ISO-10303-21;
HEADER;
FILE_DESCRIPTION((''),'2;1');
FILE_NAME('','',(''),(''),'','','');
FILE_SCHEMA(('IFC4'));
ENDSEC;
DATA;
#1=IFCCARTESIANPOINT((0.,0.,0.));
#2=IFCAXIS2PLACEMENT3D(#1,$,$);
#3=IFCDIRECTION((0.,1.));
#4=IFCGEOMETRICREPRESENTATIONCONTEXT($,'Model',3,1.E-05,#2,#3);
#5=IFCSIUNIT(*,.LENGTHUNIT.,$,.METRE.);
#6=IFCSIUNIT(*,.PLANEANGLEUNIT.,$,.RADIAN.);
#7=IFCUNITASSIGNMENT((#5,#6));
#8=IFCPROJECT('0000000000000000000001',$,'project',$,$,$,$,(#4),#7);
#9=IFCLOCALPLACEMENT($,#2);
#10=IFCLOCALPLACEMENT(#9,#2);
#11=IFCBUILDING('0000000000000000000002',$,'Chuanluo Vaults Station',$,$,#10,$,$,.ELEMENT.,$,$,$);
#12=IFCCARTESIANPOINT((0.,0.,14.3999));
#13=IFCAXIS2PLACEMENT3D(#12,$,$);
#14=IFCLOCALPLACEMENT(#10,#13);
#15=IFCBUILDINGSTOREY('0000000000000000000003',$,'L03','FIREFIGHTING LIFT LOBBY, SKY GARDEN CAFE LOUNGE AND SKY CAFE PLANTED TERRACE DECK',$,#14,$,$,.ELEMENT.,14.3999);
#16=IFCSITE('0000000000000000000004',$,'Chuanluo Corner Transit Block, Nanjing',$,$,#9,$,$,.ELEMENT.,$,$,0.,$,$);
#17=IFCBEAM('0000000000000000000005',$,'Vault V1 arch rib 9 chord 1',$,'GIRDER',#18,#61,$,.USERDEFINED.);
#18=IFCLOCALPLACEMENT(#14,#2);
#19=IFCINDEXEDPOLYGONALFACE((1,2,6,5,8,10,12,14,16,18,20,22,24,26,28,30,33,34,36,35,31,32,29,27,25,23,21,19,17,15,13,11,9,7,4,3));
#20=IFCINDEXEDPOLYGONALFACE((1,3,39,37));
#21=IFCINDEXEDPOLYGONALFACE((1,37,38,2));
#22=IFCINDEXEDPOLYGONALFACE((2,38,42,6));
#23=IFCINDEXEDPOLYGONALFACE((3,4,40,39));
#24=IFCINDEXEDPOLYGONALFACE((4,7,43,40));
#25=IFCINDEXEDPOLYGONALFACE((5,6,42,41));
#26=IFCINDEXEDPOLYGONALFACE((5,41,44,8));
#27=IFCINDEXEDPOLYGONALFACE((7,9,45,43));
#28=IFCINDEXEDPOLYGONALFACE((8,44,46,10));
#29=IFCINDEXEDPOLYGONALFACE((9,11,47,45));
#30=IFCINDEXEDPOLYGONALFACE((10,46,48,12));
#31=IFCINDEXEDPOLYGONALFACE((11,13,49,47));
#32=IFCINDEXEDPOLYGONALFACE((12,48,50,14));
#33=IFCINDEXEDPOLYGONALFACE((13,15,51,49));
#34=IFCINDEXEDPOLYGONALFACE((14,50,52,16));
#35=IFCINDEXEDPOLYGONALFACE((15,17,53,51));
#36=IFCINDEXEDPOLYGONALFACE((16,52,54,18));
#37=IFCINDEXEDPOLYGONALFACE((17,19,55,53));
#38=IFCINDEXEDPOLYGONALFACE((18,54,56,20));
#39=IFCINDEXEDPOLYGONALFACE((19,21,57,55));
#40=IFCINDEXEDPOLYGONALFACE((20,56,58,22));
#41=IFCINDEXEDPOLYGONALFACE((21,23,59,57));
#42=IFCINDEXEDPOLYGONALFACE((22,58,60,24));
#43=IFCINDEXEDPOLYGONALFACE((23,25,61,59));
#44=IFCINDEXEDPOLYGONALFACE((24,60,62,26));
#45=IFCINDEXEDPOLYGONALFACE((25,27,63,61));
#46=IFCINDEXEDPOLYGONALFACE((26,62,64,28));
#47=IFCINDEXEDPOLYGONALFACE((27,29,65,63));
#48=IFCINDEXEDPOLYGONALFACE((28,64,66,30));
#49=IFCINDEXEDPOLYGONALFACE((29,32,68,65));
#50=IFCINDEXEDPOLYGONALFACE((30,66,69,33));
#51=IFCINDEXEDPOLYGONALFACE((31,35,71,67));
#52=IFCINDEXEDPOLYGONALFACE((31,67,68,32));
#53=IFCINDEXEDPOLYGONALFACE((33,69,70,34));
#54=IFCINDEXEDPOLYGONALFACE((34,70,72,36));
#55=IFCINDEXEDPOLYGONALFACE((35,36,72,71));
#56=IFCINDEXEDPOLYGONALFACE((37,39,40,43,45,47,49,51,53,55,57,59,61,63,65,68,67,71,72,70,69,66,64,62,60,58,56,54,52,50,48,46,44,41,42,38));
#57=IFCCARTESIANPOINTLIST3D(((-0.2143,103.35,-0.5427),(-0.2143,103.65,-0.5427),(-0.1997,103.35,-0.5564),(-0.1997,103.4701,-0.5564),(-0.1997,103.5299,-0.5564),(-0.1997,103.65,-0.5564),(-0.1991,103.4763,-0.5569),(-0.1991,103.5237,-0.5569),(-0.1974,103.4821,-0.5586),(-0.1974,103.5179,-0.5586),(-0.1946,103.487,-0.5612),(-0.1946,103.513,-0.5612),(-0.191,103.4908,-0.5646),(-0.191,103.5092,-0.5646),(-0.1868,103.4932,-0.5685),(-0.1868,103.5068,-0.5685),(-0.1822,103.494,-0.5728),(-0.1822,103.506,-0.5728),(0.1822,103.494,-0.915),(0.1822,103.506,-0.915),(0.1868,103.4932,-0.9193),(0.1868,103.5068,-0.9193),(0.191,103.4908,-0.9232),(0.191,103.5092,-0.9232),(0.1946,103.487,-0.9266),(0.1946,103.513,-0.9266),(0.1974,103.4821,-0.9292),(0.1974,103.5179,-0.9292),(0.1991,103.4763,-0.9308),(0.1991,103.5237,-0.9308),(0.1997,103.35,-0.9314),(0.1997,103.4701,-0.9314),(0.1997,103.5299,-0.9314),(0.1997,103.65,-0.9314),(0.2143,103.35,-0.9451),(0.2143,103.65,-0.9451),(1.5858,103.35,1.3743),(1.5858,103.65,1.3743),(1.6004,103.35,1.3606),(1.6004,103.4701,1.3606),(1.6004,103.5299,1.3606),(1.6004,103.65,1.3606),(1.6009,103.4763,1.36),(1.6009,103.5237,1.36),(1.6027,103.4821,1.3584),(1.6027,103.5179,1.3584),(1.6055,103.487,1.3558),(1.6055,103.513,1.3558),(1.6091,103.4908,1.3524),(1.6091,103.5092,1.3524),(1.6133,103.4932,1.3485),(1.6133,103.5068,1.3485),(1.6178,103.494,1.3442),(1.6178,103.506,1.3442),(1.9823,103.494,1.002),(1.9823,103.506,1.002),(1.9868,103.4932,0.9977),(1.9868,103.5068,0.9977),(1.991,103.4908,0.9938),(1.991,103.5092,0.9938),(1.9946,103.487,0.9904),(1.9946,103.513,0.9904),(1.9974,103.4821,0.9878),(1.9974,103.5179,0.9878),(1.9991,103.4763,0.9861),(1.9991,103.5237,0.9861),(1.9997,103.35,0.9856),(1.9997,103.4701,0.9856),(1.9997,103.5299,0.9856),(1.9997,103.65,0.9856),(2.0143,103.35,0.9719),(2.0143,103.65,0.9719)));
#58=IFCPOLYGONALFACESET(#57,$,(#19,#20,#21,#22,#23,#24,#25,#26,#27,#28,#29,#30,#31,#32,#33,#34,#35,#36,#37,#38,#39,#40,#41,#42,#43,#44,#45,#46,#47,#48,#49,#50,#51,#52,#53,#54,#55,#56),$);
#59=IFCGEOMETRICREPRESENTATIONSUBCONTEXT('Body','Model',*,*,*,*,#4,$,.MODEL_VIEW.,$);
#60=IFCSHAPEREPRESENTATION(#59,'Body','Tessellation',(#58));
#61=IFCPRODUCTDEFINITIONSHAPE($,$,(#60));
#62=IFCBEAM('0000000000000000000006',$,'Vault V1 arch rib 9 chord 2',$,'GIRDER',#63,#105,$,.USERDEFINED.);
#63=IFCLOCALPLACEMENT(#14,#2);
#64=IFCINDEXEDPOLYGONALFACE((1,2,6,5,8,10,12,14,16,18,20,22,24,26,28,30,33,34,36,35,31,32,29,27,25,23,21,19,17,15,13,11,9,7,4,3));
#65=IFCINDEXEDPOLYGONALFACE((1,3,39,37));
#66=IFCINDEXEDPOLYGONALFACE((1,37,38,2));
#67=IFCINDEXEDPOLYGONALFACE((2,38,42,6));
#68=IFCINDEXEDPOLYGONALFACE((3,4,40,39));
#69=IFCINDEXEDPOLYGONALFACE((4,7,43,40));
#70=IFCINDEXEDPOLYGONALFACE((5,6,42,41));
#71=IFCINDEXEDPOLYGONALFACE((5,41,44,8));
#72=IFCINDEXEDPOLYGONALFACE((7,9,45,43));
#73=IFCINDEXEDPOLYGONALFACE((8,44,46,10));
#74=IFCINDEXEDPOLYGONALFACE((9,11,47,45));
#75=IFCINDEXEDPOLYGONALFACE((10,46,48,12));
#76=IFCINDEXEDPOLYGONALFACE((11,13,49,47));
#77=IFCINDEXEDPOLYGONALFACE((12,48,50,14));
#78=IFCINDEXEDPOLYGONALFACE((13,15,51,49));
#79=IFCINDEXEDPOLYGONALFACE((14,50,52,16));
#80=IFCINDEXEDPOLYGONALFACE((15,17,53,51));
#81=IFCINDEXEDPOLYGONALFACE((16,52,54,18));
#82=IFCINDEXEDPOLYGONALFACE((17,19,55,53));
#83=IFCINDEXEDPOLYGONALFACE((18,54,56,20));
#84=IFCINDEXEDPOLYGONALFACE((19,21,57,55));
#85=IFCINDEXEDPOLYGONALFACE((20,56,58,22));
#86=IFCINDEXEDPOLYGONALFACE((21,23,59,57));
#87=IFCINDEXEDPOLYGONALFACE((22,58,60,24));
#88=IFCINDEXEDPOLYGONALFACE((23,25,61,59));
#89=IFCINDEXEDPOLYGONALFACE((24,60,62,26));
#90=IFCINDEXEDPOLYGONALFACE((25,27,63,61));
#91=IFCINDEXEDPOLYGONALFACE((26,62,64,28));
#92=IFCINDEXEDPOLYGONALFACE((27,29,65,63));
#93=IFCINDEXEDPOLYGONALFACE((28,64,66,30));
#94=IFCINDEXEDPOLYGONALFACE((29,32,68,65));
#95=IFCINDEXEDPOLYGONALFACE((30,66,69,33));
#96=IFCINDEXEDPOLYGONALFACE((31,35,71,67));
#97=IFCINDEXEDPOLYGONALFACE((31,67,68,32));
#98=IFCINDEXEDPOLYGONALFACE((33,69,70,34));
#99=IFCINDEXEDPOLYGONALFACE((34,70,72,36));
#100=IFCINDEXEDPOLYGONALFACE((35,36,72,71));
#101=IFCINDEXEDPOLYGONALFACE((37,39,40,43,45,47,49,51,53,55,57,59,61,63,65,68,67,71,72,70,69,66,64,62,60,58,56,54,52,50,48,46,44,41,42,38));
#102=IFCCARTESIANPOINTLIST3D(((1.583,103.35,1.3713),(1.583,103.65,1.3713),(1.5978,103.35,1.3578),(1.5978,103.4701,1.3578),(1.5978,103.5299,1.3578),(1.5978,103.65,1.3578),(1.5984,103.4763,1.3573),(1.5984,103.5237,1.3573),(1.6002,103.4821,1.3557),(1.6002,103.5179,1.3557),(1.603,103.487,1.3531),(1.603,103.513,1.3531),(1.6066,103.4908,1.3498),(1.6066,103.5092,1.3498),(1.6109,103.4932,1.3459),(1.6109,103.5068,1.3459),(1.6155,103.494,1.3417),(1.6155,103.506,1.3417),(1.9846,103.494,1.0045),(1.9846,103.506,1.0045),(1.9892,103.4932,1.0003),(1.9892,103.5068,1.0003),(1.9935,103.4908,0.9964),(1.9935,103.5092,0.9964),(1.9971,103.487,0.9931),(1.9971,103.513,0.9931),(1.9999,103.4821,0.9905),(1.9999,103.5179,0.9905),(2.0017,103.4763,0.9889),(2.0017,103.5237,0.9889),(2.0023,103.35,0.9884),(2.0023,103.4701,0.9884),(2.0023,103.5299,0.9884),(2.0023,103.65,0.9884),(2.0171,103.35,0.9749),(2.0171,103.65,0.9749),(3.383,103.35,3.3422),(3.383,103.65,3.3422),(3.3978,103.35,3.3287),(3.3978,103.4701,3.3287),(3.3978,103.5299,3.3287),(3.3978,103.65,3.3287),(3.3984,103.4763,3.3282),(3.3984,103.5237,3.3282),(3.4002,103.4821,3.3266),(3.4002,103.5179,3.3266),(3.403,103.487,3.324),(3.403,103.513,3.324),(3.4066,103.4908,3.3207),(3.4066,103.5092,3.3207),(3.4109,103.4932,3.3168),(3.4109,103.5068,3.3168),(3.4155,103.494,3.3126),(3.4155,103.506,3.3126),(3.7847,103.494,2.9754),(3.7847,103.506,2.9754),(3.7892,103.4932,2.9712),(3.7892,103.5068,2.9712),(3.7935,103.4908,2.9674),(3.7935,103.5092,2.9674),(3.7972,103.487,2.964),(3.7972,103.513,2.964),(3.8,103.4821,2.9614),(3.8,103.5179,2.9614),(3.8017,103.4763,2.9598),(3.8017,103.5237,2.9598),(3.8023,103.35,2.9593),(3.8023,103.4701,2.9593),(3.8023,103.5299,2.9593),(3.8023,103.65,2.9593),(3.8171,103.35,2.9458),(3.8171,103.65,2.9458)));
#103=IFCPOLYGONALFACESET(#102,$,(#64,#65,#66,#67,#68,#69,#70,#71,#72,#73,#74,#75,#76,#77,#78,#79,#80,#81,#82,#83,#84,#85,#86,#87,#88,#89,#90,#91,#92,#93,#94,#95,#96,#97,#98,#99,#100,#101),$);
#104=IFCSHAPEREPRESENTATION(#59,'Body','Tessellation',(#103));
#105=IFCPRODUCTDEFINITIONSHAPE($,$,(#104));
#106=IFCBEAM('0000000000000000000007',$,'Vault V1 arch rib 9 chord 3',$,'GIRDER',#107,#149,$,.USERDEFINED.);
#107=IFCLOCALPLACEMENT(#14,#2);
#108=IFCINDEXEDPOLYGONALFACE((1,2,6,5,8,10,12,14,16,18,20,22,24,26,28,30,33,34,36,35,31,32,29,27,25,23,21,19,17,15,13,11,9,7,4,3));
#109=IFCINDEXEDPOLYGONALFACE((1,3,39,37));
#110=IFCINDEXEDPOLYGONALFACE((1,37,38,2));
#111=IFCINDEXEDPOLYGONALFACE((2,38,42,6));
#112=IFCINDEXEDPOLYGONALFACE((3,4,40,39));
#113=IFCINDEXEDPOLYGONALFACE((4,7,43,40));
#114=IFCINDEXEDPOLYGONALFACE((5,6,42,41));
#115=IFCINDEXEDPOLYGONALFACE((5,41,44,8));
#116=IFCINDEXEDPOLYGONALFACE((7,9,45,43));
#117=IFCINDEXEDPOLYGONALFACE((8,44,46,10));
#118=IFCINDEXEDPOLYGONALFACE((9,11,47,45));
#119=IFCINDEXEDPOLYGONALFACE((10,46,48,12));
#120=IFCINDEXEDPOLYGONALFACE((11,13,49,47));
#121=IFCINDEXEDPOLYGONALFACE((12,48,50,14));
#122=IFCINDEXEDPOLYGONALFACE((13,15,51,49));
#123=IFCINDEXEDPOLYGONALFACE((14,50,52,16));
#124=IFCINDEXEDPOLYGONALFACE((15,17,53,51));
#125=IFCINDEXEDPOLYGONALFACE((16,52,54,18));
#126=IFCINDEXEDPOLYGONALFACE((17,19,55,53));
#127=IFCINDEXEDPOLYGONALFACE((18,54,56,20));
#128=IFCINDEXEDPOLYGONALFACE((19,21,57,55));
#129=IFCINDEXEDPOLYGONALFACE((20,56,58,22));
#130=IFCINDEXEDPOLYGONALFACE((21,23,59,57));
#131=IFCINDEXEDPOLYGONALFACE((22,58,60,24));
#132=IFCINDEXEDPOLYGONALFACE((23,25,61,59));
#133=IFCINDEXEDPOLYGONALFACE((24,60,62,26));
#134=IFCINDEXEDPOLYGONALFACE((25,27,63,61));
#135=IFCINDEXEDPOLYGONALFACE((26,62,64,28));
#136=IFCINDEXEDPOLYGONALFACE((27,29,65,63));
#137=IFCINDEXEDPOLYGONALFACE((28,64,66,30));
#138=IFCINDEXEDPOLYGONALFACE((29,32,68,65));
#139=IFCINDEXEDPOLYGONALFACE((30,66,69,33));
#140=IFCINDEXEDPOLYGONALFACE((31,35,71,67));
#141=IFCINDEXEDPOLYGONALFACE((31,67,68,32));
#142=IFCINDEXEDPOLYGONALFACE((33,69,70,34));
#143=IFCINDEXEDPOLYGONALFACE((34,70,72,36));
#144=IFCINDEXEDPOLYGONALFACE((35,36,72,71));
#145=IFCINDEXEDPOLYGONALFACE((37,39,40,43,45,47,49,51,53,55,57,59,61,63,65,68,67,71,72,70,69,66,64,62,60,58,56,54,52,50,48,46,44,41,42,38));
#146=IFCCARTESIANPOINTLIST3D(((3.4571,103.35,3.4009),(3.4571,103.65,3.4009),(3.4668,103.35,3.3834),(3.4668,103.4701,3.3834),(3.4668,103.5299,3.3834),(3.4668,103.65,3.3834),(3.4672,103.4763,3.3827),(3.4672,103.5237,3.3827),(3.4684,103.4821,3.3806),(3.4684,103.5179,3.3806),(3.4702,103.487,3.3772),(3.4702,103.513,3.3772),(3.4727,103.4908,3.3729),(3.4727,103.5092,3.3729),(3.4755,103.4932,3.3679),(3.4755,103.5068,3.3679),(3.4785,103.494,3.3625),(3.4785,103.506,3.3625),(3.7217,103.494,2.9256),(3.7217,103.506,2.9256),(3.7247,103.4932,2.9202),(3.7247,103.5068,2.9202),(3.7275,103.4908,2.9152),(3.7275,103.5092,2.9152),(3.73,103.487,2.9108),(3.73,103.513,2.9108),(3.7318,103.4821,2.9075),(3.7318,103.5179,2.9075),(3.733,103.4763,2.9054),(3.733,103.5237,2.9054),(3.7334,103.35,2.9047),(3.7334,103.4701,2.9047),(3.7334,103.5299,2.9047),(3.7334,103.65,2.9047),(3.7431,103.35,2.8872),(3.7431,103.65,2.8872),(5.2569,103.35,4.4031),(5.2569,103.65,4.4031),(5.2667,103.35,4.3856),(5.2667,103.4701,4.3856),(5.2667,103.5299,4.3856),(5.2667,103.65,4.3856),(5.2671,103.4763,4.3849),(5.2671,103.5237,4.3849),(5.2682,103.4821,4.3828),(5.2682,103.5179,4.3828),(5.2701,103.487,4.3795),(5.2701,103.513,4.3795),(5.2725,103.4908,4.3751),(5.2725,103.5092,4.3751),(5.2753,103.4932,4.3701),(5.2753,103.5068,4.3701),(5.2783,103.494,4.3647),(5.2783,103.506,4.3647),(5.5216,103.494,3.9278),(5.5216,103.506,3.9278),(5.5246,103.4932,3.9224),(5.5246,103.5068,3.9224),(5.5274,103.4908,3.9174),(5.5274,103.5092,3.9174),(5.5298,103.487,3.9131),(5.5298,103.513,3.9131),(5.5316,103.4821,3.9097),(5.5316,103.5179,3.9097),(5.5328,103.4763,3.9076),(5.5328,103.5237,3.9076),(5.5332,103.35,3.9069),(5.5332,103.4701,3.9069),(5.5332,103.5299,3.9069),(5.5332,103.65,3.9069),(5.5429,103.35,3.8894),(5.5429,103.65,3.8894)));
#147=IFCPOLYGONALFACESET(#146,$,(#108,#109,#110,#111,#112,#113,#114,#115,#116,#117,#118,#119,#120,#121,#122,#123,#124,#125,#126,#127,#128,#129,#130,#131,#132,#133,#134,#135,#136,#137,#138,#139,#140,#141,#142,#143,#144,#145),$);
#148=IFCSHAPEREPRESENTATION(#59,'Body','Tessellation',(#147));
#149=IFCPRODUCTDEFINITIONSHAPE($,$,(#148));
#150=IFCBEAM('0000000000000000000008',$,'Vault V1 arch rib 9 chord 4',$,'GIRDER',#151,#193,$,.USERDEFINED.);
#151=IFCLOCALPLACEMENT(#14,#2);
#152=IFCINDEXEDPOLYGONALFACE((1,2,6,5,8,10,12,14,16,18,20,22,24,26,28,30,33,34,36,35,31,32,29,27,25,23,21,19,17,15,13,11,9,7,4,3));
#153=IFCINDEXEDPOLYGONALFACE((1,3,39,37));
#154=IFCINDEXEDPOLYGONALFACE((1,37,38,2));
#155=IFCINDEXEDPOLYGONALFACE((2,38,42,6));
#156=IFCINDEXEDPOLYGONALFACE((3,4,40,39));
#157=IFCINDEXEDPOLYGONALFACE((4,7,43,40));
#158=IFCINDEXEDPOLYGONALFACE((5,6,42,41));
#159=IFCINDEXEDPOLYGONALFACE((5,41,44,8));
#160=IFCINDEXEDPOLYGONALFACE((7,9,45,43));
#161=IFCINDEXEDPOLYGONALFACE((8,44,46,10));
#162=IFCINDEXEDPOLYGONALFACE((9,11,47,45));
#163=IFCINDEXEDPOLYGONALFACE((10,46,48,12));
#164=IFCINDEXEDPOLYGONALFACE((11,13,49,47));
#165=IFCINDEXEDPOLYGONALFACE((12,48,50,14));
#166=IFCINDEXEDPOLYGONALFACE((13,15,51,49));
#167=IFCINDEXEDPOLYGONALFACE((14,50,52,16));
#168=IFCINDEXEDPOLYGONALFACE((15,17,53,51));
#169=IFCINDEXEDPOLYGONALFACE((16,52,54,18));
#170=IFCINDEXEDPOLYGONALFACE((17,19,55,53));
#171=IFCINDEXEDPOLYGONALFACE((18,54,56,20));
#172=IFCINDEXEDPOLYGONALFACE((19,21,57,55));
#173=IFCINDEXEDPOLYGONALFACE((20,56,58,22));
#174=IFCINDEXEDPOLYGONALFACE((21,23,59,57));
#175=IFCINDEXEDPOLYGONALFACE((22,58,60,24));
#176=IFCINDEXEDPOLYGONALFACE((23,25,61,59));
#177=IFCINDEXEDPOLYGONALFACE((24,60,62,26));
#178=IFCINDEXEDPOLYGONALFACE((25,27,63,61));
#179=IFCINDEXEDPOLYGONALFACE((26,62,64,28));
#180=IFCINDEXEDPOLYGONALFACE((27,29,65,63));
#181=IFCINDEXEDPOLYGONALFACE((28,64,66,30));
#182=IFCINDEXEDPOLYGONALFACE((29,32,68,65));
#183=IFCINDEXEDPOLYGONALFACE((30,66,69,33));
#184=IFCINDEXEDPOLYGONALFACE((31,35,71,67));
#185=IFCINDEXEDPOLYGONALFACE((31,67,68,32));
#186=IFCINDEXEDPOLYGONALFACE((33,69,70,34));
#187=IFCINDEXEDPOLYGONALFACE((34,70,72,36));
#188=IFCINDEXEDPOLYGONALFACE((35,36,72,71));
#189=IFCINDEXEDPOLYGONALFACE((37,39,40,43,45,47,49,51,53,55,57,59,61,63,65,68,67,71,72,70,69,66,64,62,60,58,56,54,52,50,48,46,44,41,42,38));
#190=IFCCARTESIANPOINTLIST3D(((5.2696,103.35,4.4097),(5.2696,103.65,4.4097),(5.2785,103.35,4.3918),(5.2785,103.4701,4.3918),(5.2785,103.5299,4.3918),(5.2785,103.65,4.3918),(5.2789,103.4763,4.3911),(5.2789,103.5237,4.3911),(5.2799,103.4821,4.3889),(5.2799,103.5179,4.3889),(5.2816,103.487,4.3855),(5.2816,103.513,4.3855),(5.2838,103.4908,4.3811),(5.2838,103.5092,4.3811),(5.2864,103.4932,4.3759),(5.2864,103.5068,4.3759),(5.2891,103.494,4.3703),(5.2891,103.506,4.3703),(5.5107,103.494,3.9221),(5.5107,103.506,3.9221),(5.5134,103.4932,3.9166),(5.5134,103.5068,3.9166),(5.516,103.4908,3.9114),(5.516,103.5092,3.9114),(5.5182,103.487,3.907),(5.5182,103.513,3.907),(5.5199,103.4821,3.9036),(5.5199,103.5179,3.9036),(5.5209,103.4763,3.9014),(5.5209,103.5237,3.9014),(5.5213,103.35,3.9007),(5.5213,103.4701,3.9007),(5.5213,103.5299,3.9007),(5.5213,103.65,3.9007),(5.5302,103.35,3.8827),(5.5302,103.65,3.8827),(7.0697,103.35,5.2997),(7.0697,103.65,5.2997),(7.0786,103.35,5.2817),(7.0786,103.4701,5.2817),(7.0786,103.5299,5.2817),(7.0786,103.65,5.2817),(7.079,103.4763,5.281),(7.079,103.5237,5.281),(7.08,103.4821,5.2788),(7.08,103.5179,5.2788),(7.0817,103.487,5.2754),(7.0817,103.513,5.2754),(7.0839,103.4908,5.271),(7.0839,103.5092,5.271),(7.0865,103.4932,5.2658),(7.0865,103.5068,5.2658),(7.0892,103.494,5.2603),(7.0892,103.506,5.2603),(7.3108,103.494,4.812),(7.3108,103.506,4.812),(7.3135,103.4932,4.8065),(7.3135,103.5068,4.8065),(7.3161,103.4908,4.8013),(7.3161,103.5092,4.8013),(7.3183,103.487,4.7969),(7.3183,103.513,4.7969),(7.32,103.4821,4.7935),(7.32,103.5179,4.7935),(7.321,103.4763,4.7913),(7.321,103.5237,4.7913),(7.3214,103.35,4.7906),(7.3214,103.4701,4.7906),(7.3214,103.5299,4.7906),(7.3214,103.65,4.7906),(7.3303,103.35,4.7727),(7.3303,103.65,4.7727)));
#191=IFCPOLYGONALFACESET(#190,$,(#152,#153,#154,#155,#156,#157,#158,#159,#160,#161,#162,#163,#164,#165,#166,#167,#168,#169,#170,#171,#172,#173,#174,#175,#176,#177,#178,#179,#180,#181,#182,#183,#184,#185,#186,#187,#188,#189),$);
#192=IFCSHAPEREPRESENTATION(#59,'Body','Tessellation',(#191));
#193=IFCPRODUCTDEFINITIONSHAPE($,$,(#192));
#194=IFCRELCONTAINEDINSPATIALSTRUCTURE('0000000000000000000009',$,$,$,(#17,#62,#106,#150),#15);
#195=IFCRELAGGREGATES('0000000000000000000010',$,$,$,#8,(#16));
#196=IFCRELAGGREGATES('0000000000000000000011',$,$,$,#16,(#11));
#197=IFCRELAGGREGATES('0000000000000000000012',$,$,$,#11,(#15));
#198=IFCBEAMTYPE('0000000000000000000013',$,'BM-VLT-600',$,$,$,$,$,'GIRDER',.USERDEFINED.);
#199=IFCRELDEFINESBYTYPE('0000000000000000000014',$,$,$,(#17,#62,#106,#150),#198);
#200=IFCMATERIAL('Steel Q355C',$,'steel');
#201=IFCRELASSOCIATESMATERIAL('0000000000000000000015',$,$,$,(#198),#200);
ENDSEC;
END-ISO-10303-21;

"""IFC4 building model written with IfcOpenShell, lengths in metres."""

from ifc_helpers import new_model, si_unit, direction, frame, origin, origin_2d, place, context, subcontext, project, spatial, i_section, extrude, material, material_profile, profile_set, type_object, element, save


model = new_model("IFC4")

# Units and contexts
model_context = context("Model", 3, precision=1e-05, world=origin(), true_north=direction((0.0, 1.0)))
body_context = subcontext(model_context, "Body", "Model", "MODEL_VIEW")
ifc_project = project(units=[si_unit("LENGTHUNIT", "METRE"), si_unit("PLANEANGLEUNIT", "RADIAN")], contexts=[model_context])

# Site, building, storey
site_placement = place(None, origin())
site = spatial("IfcSite", under=ifc_project, at=site_placement, Name="Chuanluo Corner Transit Block, Nanjing", CompositionType="ELEMENT", RefElevation=0.0)
building_placement = place(site_placement, origin())
building = spatial("IfcBuilding", under=site, at=building_placement, Name="Chuanluo Vaults Station", CompositionType="ELEMENT")
storey_placement = place(building_placement, frame((0.0, 0.0, 14.3999)))
storey = spatial("IfcBuildingStorey", under=building, at=storey_placement, Name="L03", Description="FIREFIGHTING LIFT LOBBY, SKY GARDEN CAFE LOUNGE AND SKY CAFE PLANTED TERRACE DECK", CompositionType="ELEMENT", Elevation=14.3999)

# Beams
ifc_material_1 = material(Name="Steel Q355C", Category="steel")
ifc_material_profile_1 = material_profile(ifc_material_1, i_section(OverallWidth=0.3, OverallDepth=0.5879, WebThickness=0.012, FlangeThickness=0.02, FilletRadius=0.0239, at=origin_2d()))
ifc_profile_set_1 = profile_set([ifc_material_profile_1], Name="Steel Q355C")
beam_type_1 = type_object("IfcBeamType", Name="BM-VLT-600", ElementType="GIRDER", PredefinedType="USERDEFINED", material=ifc_profile_set_1)
for number, where, z_axis, x_axis, name in (
    (1, (0.0, 103.5, -0.7439), (0.684522, 0.0, 0.728993), (0.0, 1.0, 0.0), "Vault V1 arch rib 9 chord 1"),
):
    element("IfcBeam", number, at=place(storey_placement, frame(where, z_axis=z_axis, x_axis=x_axis)), inside=storey, type_object=beam_type_1, Name=name, ObjectType="GIRDER", PredefinedType="USERDEFINED", context=body_context, shape_type="SweptSolid", body=[
        extrude(i_section(OverallWidth=0.3, OverallDepth=0.5879, WebThickness=0.012, FlangeThickness=0.02, FilletRadius=0.0239, at=origin_2d()), origin(), (0.0, 0.0, 1.0), 2.6296),
    ])
beam_1_placement = place(storey_placement, frame((1.8, 103.5, 1.1731), z_axis=(0.674369, 0.0, 0.738394), x_axis=(0.0, 1.0, 0.0)))
element("IfcBeam", 2, at=beam_1_placement, inside=storey, type_object=beam_type_1, Name="Vault V1 arch rib 9 chord 2", ObjectType="GIRDER", PredefinedType="USERDEFINED", context=body_context, shape_type="SweptSolid", body=[
    extrude(i_section(OverallWidth=0.3, OverallDepth=0.5879, WebThickness=0.012, FlangeThickness=0.02, FilletRadius=0.0239, at=origin_2d()), origin(), (0.0, 0.0, 1.0), 2.6692),
])
beam_2_placement = place(storey_placement, frame((3.6001, 103.5, 3.144), z_axis=(0.873682, 0.0, 0.486498), x_axis=(0.0, 1.0, 0.0)))
element("IfcBeam", 3, at=beam_2_placement, inside=storey, type_object=beam_type_1, Name="Vault V1 arch rib 9 chord 3", ObjectType="GIRDER", PredefinedType="USERDEFINED", context=body_context, shape_type="SweptSolid", body=[
    extrude(i_section(OverallWidth=0.3, OverallDepth=0.5879, WebThickness=0.012, FlangeThickness=0.02, FilletRadius=0.0239, at=origin_2d()), origin(), (0.0, 0.0, 1.0), 2.0601),
])
beam_3_placement = place(storey_placement, frame((5.3999, 103.5, 4.1462), z_axis=(0.896436, 0.0, 0.443172), x_axis=(0.0, 1.0, 0.0)))
element("IfcBeam", 4, at=beam_3_placement, inside=storey, type_object=beam_type_1, Name="Vault V1 arch rib 9 chord 4", ObjectType="GIRDER", PredefinedType="USERDEFINED", context=body_context, shape_type="SweptSolid", body=[
    extrude(i_section(OverallWidth=0.3, OverallDepth=0.5879, WebThickness=0.012, FlangeThickness=0.02, FilletRadius=0.0239, at=origin_2d()), origin(), (0.0, 0.0, 1.0), 2.0081),
])

save(model, "model.ifc")
